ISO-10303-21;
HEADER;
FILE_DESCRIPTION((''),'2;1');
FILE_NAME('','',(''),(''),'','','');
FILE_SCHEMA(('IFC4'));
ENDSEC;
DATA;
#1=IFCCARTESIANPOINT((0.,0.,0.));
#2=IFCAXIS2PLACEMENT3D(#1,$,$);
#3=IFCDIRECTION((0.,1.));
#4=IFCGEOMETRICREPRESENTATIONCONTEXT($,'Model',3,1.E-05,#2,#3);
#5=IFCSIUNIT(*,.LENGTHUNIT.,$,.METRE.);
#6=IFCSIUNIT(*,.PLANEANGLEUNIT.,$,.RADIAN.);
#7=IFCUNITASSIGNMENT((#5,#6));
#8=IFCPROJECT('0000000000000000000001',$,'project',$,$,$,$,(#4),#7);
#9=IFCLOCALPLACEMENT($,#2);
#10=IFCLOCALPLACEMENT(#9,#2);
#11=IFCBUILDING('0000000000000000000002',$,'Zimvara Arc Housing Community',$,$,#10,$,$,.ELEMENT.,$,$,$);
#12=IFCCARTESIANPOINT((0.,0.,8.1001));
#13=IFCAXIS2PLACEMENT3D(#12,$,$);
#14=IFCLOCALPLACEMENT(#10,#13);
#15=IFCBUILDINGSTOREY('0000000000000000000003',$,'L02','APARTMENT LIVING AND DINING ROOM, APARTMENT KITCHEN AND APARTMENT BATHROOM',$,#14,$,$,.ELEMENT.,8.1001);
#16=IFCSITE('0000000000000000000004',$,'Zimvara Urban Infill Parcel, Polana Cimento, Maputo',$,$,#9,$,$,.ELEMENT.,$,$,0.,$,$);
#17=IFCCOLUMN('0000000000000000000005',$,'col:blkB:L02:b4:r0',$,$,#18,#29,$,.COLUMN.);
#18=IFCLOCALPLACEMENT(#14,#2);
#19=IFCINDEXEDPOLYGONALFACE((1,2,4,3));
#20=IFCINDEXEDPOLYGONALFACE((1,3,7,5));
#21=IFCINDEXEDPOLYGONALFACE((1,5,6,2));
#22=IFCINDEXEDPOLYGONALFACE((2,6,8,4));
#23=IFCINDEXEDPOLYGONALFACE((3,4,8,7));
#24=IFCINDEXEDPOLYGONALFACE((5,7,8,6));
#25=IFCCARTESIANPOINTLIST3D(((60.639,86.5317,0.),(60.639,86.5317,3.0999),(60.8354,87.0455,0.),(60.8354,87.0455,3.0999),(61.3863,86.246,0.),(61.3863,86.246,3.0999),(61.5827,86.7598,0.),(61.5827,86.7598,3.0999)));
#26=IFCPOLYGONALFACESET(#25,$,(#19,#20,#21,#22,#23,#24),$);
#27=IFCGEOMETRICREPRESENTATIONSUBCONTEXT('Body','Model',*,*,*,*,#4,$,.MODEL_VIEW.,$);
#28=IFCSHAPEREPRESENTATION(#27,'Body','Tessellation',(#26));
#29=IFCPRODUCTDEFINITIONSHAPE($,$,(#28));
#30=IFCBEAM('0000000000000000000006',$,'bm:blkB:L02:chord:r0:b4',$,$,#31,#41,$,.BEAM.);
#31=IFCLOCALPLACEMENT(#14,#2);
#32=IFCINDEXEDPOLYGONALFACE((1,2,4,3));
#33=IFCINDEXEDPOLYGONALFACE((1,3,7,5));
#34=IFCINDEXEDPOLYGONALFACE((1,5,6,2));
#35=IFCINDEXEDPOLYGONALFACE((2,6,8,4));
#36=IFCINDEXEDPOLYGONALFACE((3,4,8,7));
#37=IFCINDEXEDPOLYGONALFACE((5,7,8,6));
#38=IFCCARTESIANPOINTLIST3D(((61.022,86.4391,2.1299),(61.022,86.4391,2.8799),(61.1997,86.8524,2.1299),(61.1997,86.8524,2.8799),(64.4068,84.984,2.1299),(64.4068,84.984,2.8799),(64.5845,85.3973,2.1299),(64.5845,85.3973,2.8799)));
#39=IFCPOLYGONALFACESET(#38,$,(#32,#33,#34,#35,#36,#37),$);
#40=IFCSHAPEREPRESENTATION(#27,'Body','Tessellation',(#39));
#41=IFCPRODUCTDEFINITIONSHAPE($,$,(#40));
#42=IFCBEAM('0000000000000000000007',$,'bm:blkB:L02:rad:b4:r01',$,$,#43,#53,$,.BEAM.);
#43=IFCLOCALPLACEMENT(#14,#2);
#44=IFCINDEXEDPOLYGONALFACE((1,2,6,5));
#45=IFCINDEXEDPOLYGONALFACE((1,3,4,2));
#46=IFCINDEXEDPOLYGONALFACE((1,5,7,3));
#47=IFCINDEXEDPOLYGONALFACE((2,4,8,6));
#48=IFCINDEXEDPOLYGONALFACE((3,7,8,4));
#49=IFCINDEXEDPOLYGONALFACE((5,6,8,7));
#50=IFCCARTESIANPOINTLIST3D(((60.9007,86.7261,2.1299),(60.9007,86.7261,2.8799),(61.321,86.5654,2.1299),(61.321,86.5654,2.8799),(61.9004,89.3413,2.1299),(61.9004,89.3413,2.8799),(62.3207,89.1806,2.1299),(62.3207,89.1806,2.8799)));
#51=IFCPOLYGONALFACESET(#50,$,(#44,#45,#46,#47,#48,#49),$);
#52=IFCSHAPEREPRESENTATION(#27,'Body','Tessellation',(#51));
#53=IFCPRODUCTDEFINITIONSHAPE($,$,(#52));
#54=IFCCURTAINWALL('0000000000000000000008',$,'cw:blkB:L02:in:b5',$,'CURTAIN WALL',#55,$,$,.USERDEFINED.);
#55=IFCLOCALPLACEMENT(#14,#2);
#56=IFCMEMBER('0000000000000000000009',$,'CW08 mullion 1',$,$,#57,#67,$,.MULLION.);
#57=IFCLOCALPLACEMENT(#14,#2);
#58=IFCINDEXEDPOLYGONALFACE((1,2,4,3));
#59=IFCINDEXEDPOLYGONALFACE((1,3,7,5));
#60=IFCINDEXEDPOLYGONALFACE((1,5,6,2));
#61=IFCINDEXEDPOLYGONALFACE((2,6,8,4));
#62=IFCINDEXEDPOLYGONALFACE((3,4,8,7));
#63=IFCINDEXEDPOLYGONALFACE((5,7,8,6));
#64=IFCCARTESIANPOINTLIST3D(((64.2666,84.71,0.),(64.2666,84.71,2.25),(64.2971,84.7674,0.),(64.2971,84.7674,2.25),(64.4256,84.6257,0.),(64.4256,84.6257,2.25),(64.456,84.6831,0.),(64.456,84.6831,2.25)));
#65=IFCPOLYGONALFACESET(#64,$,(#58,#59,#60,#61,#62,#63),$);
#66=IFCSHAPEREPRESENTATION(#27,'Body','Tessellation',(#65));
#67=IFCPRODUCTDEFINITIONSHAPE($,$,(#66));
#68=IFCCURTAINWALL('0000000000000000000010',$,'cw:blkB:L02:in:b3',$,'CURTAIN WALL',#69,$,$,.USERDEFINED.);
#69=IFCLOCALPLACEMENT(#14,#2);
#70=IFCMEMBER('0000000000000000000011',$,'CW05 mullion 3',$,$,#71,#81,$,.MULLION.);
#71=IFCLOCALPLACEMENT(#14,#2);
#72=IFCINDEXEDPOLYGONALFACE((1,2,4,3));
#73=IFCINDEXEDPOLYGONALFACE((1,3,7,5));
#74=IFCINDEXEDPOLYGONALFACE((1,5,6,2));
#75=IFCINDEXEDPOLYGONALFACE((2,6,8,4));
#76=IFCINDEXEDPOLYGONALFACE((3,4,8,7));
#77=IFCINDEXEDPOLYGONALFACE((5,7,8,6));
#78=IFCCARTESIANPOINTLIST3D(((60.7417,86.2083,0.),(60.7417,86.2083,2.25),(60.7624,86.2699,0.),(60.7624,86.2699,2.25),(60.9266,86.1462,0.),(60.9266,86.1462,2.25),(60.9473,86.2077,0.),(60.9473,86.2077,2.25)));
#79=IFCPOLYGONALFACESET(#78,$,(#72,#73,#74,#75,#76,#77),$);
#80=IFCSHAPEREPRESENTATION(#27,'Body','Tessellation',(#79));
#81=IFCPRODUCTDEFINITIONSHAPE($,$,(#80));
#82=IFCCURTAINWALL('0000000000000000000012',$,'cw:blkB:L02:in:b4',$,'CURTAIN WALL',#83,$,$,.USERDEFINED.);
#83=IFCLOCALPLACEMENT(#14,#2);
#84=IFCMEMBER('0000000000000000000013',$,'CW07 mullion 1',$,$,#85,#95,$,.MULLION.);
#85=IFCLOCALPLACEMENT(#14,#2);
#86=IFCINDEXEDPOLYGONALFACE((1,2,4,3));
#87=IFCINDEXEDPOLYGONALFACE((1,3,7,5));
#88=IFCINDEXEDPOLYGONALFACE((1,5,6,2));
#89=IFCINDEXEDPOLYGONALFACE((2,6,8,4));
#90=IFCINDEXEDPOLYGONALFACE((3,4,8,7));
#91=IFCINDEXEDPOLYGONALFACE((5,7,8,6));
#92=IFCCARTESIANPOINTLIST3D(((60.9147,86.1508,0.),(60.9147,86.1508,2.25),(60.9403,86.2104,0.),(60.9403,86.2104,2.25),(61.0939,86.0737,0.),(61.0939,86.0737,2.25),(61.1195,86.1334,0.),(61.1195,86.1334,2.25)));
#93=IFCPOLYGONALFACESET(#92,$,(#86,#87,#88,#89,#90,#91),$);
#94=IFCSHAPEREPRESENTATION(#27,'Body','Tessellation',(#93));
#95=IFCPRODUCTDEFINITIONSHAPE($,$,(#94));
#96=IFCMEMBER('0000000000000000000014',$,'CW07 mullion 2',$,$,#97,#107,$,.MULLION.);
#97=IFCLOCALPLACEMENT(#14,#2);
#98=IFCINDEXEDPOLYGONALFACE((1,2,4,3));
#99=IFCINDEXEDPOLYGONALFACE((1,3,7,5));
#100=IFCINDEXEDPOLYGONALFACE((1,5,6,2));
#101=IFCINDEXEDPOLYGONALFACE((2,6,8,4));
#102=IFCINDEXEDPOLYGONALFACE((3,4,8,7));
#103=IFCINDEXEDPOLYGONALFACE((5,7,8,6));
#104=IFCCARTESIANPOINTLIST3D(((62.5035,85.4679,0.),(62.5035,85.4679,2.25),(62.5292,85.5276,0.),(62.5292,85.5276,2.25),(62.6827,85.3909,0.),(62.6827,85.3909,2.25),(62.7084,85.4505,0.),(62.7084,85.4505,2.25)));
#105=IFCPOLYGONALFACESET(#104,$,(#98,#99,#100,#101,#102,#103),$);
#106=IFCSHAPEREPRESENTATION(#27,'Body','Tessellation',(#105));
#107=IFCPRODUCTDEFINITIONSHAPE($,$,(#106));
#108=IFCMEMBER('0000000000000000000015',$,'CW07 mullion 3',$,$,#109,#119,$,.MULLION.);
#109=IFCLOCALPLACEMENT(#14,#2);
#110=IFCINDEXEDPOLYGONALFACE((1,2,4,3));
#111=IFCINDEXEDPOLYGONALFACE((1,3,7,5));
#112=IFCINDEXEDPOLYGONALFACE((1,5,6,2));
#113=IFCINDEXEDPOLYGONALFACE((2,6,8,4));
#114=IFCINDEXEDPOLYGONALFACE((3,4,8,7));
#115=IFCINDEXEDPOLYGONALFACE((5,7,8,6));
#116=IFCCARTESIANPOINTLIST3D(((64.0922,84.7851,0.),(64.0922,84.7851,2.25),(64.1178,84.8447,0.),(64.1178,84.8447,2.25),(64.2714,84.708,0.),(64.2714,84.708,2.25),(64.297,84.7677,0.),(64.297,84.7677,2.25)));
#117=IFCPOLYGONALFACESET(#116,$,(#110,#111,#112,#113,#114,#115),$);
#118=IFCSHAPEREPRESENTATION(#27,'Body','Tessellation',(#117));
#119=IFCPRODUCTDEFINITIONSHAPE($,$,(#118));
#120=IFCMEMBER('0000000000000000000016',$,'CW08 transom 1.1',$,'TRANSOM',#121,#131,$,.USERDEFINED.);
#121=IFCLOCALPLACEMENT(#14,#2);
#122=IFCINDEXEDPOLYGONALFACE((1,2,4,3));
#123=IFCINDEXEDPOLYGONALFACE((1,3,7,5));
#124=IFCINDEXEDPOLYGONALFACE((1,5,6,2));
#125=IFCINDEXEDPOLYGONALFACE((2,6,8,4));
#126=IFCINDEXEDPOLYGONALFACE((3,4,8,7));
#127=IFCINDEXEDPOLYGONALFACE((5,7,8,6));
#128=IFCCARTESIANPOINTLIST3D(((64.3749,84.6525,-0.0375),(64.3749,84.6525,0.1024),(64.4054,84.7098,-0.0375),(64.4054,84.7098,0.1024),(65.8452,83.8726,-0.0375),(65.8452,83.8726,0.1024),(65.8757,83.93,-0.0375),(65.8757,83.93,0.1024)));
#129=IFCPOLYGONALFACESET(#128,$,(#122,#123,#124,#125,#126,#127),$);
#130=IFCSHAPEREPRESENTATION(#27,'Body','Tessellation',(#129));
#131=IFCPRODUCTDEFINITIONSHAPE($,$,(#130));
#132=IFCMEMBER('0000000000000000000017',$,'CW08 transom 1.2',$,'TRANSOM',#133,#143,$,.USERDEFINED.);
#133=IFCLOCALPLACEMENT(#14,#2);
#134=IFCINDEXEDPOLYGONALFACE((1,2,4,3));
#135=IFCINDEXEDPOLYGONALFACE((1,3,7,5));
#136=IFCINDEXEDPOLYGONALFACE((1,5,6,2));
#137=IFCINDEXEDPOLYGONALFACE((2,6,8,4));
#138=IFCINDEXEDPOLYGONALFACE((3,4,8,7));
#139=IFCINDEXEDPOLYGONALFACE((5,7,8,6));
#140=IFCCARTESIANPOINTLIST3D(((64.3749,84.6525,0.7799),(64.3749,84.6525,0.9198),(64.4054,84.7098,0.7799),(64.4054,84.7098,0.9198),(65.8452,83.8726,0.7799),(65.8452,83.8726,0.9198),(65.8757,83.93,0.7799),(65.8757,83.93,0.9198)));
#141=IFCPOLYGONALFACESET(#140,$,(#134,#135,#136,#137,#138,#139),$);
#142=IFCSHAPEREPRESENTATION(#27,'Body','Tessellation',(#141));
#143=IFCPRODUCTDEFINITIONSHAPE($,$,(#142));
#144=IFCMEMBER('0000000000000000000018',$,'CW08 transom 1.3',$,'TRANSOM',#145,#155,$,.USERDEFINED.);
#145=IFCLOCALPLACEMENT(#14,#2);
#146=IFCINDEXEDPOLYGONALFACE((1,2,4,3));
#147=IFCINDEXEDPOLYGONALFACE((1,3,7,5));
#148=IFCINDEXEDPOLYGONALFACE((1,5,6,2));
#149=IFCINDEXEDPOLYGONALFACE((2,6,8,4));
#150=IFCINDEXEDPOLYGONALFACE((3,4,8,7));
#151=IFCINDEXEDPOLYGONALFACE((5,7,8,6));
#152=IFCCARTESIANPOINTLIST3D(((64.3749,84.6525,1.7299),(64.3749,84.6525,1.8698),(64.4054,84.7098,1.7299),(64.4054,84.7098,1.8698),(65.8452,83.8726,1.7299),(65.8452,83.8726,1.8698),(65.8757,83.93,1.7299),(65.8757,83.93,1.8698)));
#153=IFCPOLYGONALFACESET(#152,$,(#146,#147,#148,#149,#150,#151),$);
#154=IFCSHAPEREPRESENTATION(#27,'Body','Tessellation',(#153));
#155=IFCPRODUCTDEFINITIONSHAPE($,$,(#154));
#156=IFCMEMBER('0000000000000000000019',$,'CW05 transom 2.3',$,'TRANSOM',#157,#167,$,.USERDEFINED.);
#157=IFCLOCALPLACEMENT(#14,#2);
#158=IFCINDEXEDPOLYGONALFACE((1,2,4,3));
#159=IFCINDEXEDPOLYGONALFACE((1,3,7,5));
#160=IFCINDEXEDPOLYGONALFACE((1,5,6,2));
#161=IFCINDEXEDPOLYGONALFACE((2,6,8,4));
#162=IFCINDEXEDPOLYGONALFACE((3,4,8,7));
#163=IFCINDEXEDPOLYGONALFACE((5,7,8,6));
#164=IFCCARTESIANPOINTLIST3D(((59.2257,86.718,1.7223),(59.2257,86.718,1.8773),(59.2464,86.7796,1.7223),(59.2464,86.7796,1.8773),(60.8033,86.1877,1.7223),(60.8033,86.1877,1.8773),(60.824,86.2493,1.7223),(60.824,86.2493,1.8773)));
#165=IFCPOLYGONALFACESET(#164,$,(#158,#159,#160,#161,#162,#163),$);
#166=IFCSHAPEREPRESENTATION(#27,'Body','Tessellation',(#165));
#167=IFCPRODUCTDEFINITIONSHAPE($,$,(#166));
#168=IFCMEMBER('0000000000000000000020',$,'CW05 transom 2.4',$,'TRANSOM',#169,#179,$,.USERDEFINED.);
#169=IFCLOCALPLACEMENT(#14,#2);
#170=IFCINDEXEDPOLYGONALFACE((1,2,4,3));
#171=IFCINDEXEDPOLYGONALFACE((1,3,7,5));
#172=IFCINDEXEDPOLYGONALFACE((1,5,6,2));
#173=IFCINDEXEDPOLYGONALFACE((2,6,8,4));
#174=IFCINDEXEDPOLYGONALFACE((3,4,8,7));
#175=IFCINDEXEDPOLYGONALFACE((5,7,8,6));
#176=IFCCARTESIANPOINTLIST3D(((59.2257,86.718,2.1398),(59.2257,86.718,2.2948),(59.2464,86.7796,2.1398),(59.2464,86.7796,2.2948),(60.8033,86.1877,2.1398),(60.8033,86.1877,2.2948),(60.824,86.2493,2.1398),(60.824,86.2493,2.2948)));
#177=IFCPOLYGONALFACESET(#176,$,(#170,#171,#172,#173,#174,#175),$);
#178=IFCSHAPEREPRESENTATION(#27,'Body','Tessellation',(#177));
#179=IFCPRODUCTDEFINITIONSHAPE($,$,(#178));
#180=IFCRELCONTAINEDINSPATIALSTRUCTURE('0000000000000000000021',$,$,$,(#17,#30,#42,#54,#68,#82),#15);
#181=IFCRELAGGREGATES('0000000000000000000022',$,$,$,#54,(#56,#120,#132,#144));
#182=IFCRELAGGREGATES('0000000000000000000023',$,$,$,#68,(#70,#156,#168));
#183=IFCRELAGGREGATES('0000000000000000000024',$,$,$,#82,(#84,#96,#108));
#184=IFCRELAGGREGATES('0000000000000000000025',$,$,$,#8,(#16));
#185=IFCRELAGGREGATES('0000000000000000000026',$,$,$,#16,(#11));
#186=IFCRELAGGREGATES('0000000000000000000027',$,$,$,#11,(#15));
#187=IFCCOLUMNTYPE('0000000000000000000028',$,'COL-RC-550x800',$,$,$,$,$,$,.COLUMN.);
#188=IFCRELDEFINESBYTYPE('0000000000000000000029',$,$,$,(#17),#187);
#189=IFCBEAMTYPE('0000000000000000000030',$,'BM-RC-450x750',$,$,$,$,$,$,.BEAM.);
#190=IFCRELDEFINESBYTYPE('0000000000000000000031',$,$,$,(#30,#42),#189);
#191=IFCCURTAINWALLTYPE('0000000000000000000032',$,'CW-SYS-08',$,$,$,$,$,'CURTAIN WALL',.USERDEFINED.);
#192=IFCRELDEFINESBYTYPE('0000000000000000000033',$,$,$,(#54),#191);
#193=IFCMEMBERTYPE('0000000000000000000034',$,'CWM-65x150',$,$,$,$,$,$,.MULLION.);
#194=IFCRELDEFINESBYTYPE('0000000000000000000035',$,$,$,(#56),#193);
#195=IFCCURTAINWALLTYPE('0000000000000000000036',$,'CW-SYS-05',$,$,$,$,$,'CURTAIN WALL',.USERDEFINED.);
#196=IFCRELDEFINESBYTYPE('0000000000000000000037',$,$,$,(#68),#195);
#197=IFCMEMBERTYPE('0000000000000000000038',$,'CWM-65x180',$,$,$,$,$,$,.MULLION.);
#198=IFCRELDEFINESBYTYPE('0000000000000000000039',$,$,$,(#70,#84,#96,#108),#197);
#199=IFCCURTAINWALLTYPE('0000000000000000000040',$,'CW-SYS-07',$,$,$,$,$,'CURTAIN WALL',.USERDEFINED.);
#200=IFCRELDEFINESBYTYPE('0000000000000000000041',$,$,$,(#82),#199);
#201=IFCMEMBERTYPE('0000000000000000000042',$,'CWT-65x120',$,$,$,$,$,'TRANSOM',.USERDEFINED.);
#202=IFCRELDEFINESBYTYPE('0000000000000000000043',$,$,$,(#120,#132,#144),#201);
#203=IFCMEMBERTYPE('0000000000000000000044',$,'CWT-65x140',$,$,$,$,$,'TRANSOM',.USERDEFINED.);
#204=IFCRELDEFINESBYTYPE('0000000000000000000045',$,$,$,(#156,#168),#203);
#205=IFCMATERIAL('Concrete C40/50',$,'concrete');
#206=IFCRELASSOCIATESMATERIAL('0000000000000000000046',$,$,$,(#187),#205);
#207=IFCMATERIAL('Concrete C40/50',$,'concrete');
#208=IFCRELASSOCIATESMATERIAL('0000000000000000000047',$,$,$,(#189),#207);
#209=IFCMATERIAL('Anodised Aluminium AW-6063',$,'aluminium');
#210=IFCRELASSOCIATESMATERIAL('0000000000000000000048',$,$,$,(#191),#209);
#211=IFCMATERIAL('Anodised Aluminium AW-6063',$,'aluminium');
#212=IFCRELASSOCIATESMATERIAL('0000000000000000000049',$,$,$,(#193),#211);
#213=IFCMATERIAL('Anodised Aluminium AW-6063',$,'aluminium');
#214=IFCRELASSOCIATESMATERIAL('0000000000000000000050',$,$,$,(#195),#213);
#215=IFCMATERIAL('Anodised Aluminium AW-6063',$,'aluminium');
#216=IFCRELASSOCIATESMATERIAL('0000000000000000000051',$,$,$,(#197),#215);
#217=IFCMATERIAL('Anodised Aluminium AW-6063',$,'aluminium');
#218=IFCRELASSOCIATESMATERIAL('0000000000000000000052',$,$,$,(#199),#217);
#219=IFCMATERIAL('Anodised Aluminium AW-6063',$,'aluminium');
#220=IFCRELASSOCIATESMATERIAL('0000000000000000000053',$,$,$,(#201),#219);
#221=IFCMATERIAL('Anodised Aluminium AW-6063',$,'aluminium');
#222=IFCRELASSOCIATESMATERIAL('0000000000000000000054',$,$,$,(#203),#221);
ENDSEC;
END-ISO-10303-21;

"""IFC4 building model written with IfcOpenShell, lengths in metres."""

from ifc_helpers import new_model, si_unit, direction, frame, origin, origin_2d, place, context, subcontext, project, spatial, rectangle, extrude, material, material_profile, profile_set, type_object, element, aggregate, save


model = new_model("IFC4")

# Units and contexts
model_context = context("Model", 3, precision=1e-05, world=origin(), true_north=direction((0.0, 1.0)))
body_context = subcontext(model_context, "Body", "Model", "MODEL_VIEW")
ifc_project = project(units=[si_unit("LENGTHUNIT", "METRE"), si_unit("PLANEANGLEUNIT", "RADIAN")], contexts=[model_context])

# Site, building, storey
site_placement = place(None, origin())
site = spatial("IfcSite", under=ifc_project, at=site_placement, Name="Zimvara Urban Infill Parcel, Polana Cimento, Maputo", CompositionType="ELEMENT", RefElevation=0.0)
building_placement = place(site_placement, origin())
building = spatial("IfcBuilding", under=site, at=building_placement, Name="Zimvara Arc Housing Community", CompositionType="ELEMENT")
storey_placement = place(building_placement, frame((0.0, 0.0, 8.1001)))
storey = spatial("IfcBuildingStorey", under=building, at=storey_placement, Name="L02", Description="APARTMENT LIVING AND DINING ROOM, APARTMENT KITCHEN AND APARTMENT BATHROOM", CompositionType="ELEMENT", Elevation=8.1001)

# Column
ifc_material_1 = material(Name="Concrete C40/50", Category="concrete")
ifc_material_profile_1 = material_profile(ifc_material_1, rectangle(XDim=0.55, YDim=0.8, at=origin_2d()), Name="RC 550x800")
ifc_profile_set_1 = profile_set([ifc_material_profile_1], Name="Concrete C40/50")
column_type = type_object("IfcColumnType", Name="COL-RC-550x800", PredefinedType="COLUMN", material=ifc_profile_set_1)
column_placement = place(storey_placement, frame((61.1108, 86.6458, 0.0), z_axis=(0.0, 0.0, 1.0), x_axis=(0.357064, 0.93408, 0.0)))
element("IfcColumn", 1, at=column_placement, inside=storey, type_object=column_type, Name="col:blkB:L02:b4:r0", PredefinedType="COLUMN", context=body_context, shape_type="SweptSolid", body=[
    extrude(rectangle(XDim=0.55, YDim=0.8, at=origin_2d()), origin(), (0.0, 0.0, 1.0), 3.0999),
])

# Beams
ifc_material_2 = material(Name="Concrete C40/50", Category="concrete")
ifc_material_profile_2 = material_profile(ifc_material_2, rectangle(XDim=0.45, YDim=0.75, at=origin_2d()), Name="RC 450x750")
ifc_profile_set_2 = profile_set([ifc_material_profile_2], Name="Concrete C40/50")
beam_type = type_object("IfcBeamType", Name="BM-RC-450x750", PredefinedType="BEAM", material=ifc_profile_set_2)
beam_1_placement = place(storey_placement, frame((61.1108, 86.6458, 2.5049), z_axis=(0.918706, -0.394943, 0.0), x_axis=(0.394943, 0.918706, 0.0)))
element("IfcBeam", 2, at=beam_1_placement, inside=storey, type_object=beam_type, Name="bm:blkB:L02:chord:r0:b4", PredefinedType="BEAM", context=body_context, shape_type="SweptSolid", body=[
    extrude(rectangle(XDim=0.45, YDim=0.75, at=origin_2d()), origin(), (0.0, 0.0, 1.0), 3.6843),
])
beam_2_placement = place(storey_placement, frame((61.1108, 86.6458, 2.5049), z_axis=(0.357079, 0.934074, 0.0), x_axis=(-0.934074, 0.357079, 0.0)))
element("IfcBeam", 3, at=beam_2_placement, inside=storey, type_object=beam_type, Name="bm:blkB:L02:rad:b4:r01", PredefinedType="BEAM", context=body_context, shape_type="SweptSolid", body=[
    extrude(rectangle(XDim=0.45, YDim=0.75, at=origin_2d()), origin(), (0.0, 0.0, 1.0), 2.7998),
])

# Curtain walls, members
ifc_material_3 = material(Name="Anodised Aluminium AW-6063", Category="aluminium")
curtain_wall_type_1 = type_object("IfcCurtainWallType", Name="CW-SYS-08", ElementType="CURTAIN WALL", PredefinedType="USERDEFINED", material=ifc_material_3)
curtain_wall_1_placement = place(storey_placement, origin())
curtain_wall_1 = element("IfcCurtainWall", 4, at=curtain_wall_1_placement, inside=storey, type_object=curtain_wall_type_1, Name="cw:blkB:L02:in:b5", ObjectType="CURTAIN WALL", PredefinedType="USERDEFINED")
ifc_material_4 = material(Name="Anodised Aluminium AW-6063", Category="aluminium")
ifc_material_profile_3 = material_profile(ifc_material_4, rectangle(XDim=0.0649, YDim=0.1799, at=origin_2d()), Name="ALU 65x180")
ifc_profile_set_3 = profile_set([ifc_material_profile_3], Name="Anodised Aluminium AW-6063")
member_type_1 = type_object("IfcMemberType", Name="CWM-65x150", PredefinedType="MULLION", material=ifc_profile_set_3)
member_1_placement = place(storey_placement, frame((64.3613, 84.6965, 0.0), z_axis=(0.0, 0.0, 1.0), x_axis=(0.468545, 0.88344, 0.0)))
member_1 = element("IfcMember", 5, at=member_1_placement, type_object=member_type_1, Name="CW08 mullion 1", PredefinedType="MULLION", context=body_context, shape_type="SweptSolid", body=[
    extrude(rectangle(XDim=0.0649, YDim=0.1799, at=origin_2d()), origin(), (0.0, 0.0, 1.0), 2.25),
])
ifc_material_5 = material(Name="Anodised Aluminium AW-6063", Category="aluminium")
curtain_wall_type_2 = type_object("IfcCurtainWallType", Name="CW-SYS-05", ElementType="CURTAIN WALL", PredefinedType="USERDEFINED", material=ifc_material_5)
curtain_wall_2_placement = place(storey_placement, origin())
curtain_wall_2 = element("IfcCurtainWall", 6, at=curtain_wall_2_placement, inside=storey, type_object=curtain_wall_type_2, Name="cw:blkB:L02:in:b3", ObjectType="CURTAIN WALL", PredefinedType="USERDEFINED")
ifc_material_6 = material(Name="Anodised Aluminium AW-6063", Category="aluminium")
ifc_material_profile_4 = material_profile(ifc_material_6, rectangle(XDim=0.0649, YDim=0.1951, at=origin_2d()), Name="ALU 65x195")
ifc_profile_set_4 = profile_set([ifc_material_profile_4], Name="Anodised Aluminium AW-6063")
member_type_2 = type_object("IfcMemberType", Name="CWM-65x180", PredefinedType="MULLION", material=ifc_profile_set_4)
member_2_placement = place(storey_placement, frame((60.8445, 86.208, 0.0), z_axis=(0.0, 0.0, 1.0), x_axis=(0.31863, 0.947879, 0.0)))
member_2 = element("IfcMember", 7, at=member_2_placement, type_object=member_type_2, Name="CW05 mullion 3", PredefinedType="MULLION", context=body_context, shape_type="SweptSolid", body=[
    extrude(rectangle(XDim=0.0649, YDim=0.1951, at=origin_2d()), origin(), (0.0, 0.0, 1.0), 2.25),
])

# Curtain wall, members
ifc_material_7 = material(Name="Anodised Aluminium AW-6063", Category="aluminium")
curtain_wall_type_3 = type_object("IfcCurtainWallType", Name="CW-SYS-07", ElementType="CURTAIN WALL", PredefinedType="USERDEFINED", material=ifc_material_7)
curtain_wall_3_placement = place(storey_placement, origin())
curtain_wall_3 = element("IfcCurtainWall", 8, at=curtain_wall_3_placement, inside=storey, type_object=curtain_wall_type_3, Name="cw:blkB:L02:in:b4", ObjectType="CURTAIN WALL", PredefinedType="USERDEFINED")
member_3_placement = place(storey_placement, frame((61.0171, 86.1421, 0.0), z_axis=(0.0, 0.0, 1.0), x_axis=(0.394904, 0.918722, 0.0)))
member_3 = element("IfcMember", 9, at=member_3_placement, type_object=member_type_2, Name="CW07 mullion 1", PredefinedType="MULLION", context=body_context, shape_type="SweptSolid", body=[
    extrude(rectangle(XDim=0.0649, YDim=0.1951, at=origin_2d()), origin(), (0.0, 0.0, 1.0), 2.25),
])
member_4_placement = place(storey_placement, frame((62.606, 85.4592, 0.0), z_axis=(0.0, 0.0, 1.0), x_axis=(0.394904, 0.918722, 0.0)))
member_4 = element("IfcMember", 10, at=member_4_placement, type_object=member_type_2, Name="CW07 mullion 2", PredefinedType="MULLION", context=body_context, shape_type="SweptSolid", body=[
    extrude(rectangle(XDim=0.0649, YDim=0.1951, at=origin_2d()), origin(), (0.0, 0.0, 1.0), 2.25),
])
member_5_placement = place(storey_placement, frame((64.1946, 84.7764, 0.0), z_axis=(0.0, 0.0, 1.0), x_axis=(0.394904, 0.918722, 0.0)))
member_5 = element("IfcMember", 11, at=member_5_placement, type_object=member_type_2, Name="CW07 mullion 3", PredefinedType="MULLION", context=body_context, shape_type="SweptSolid", body=[
    extrude(rectangle(XDim=0.0649, YDim=0.1951, at=origin_2d()), origin(), (0.0, 0.0, 1.0), 2.25),
])

# Members
ifc_material_8 = material(Name="Anodised Aluminium AW-6063", Category="aluminium")
ifc_material_profile_5 = material_profile(ifc_material_8, rectangle(XDim=0.0649, YDim=0.1399, at=origin_2d()), Name="ALU 65x140")
ifc_profile_set_5 = profile_set([ifc_material_profile_5], Name="Anodised Aluminium AW-6063")
member_type_3 = type_object("IfcMemberType", Name="CWT-65x120", ElementType="TRANSOM", PredefinedType="USERDEFINED", material=ifc_profile_set_5)
member_6_placement = place(storey_placement, frame((64.3901, 84.6812, 0.0325), z_axis=(0.883431, -0.468562, 0.0), x_axis=(0.468562, 0.883431, 0.0)))
member_6 = element("IfcMember", 12, at=member_6_placement, type_object=member_type_3, Name="CW08 transom 1.1", ObjectType="TRANSOM", PredefinedType="USERDEFINED", context=body_context, shape_type="SweptSolid", body=[
    extrude(rectangle(XDim=0.0649, YDim=0.1399, at=origin_2d()), origin(), (0.0, 0.0, 1.0), 1.6643),
])
member_7_placement = place(storey_placement, frame((64.3901, 84.6812, 0.8499), z_axis=(0.883431, -0.468562, 0.0), x_axis=(0.468562, 0.883431, 0.0)))
member_7 = element("IfcMember", 13, at=member_7_placement, type_object=member_type_3, Name="CW08 transom 1.2", ObjectType="TRANSOM", PredefinedType="USERDEFINED", context=body_context, shape_type="SweptSolid", body=[
    extrude(rectangle(XDim=0.0649, YDim=0.1399, at=origin_2d()), origin(), (0.0, 0.0, 1.0), 1.6643),
])
member_8_placement = place(storey_placement, frame((64.3901, 84.6812, 1.7998), z_axis=(0.883431, -0.468562, 0.0), x_axis=(0.468562, 0.883431, 0.0)))
member_8 = element("IfcMember", 14, at=member_8_placement, type_object=member_type_3, Name="CW08 transom 1.3", ObjectType="TRANSOM", PredefinedType="USERDEFINED", context=body_context, shape_type="SweptSolid", body=[
    extrude(rectangle(XDim=0.0649, YDim=0.1399, at=origin_2d()), origin(), (0.0, 0.0, 1.0), 1.6643),
])
aggregate(curtain_wall_1, [member_1, member_6, member_7, member_8])
ifc_material_9 = material(Name="Anodised Aluminium AW-6063", Category="aluminium")
ifc_material_profile_6 = material_profile(ifc_material_9, rectangle(XDim=0.0649, YDim=0.155, at=origin_2d()), Name="ALU 65x155")
ifc_profile_set_6 = profile_set([ifc_material_profile_6], Name="Anodised Aluminium AW-6063")
member_type_4 = type_object("IfcMemberType", Name="CWT-65x140", ElementType="TRANSOM", PredefinedType="USERDEFINED", material=ifc_profile_set_6)
member_9_placement = place(storey_placement, frame((59.2361, 86.7488, 1.7998), z_axis=(0.947888, -0.318603, 0.0), x_axis=(0.318603, 0.947888, 0.0)))
member_9 = element("IfcMember", 15, at=member_9_placement, type_object=member_type_4, Name="CW05 transom 2.3", ObjectType="TRANSOM", PredefinedType="USERDEFINED", context=body_context, shape_type="SweptSolid", body=[
    extrude(rectangle(XDim=0.0649, YDim=0.155, at=origin_2d()), origin(), (0.0, 0.0, 1.0), 1.6643),
])
member_10_placement = place(storey_placement, frame((59.2361, 86.7488, 2.2173), z_axis=(0.947888, -0.318603, 0.0), x_axis=(0.318603, 0.947888, 0.0)))
member_10 = element("IfcMember", 16, at=member_10_placement, type_object=member_type_4, Name="CW05 transom 2.4", ObjectType="TRANSOM", PredefinedType="USERDEFINED", context=body_context, shape_type="SweptSolid", body=[
    extrude(rectangle(XDim=0.0649, YDim=0.155, at=origin_2d()), origin(), (0.0, 0.0, 1.0), 1.6643),
])

aggregate(curtain_wall_2, [member_2, member_9, member_10])
aggregate(curtain_wall_3, [member_3, member_4, member_5])

save(model, "model.ifc")
